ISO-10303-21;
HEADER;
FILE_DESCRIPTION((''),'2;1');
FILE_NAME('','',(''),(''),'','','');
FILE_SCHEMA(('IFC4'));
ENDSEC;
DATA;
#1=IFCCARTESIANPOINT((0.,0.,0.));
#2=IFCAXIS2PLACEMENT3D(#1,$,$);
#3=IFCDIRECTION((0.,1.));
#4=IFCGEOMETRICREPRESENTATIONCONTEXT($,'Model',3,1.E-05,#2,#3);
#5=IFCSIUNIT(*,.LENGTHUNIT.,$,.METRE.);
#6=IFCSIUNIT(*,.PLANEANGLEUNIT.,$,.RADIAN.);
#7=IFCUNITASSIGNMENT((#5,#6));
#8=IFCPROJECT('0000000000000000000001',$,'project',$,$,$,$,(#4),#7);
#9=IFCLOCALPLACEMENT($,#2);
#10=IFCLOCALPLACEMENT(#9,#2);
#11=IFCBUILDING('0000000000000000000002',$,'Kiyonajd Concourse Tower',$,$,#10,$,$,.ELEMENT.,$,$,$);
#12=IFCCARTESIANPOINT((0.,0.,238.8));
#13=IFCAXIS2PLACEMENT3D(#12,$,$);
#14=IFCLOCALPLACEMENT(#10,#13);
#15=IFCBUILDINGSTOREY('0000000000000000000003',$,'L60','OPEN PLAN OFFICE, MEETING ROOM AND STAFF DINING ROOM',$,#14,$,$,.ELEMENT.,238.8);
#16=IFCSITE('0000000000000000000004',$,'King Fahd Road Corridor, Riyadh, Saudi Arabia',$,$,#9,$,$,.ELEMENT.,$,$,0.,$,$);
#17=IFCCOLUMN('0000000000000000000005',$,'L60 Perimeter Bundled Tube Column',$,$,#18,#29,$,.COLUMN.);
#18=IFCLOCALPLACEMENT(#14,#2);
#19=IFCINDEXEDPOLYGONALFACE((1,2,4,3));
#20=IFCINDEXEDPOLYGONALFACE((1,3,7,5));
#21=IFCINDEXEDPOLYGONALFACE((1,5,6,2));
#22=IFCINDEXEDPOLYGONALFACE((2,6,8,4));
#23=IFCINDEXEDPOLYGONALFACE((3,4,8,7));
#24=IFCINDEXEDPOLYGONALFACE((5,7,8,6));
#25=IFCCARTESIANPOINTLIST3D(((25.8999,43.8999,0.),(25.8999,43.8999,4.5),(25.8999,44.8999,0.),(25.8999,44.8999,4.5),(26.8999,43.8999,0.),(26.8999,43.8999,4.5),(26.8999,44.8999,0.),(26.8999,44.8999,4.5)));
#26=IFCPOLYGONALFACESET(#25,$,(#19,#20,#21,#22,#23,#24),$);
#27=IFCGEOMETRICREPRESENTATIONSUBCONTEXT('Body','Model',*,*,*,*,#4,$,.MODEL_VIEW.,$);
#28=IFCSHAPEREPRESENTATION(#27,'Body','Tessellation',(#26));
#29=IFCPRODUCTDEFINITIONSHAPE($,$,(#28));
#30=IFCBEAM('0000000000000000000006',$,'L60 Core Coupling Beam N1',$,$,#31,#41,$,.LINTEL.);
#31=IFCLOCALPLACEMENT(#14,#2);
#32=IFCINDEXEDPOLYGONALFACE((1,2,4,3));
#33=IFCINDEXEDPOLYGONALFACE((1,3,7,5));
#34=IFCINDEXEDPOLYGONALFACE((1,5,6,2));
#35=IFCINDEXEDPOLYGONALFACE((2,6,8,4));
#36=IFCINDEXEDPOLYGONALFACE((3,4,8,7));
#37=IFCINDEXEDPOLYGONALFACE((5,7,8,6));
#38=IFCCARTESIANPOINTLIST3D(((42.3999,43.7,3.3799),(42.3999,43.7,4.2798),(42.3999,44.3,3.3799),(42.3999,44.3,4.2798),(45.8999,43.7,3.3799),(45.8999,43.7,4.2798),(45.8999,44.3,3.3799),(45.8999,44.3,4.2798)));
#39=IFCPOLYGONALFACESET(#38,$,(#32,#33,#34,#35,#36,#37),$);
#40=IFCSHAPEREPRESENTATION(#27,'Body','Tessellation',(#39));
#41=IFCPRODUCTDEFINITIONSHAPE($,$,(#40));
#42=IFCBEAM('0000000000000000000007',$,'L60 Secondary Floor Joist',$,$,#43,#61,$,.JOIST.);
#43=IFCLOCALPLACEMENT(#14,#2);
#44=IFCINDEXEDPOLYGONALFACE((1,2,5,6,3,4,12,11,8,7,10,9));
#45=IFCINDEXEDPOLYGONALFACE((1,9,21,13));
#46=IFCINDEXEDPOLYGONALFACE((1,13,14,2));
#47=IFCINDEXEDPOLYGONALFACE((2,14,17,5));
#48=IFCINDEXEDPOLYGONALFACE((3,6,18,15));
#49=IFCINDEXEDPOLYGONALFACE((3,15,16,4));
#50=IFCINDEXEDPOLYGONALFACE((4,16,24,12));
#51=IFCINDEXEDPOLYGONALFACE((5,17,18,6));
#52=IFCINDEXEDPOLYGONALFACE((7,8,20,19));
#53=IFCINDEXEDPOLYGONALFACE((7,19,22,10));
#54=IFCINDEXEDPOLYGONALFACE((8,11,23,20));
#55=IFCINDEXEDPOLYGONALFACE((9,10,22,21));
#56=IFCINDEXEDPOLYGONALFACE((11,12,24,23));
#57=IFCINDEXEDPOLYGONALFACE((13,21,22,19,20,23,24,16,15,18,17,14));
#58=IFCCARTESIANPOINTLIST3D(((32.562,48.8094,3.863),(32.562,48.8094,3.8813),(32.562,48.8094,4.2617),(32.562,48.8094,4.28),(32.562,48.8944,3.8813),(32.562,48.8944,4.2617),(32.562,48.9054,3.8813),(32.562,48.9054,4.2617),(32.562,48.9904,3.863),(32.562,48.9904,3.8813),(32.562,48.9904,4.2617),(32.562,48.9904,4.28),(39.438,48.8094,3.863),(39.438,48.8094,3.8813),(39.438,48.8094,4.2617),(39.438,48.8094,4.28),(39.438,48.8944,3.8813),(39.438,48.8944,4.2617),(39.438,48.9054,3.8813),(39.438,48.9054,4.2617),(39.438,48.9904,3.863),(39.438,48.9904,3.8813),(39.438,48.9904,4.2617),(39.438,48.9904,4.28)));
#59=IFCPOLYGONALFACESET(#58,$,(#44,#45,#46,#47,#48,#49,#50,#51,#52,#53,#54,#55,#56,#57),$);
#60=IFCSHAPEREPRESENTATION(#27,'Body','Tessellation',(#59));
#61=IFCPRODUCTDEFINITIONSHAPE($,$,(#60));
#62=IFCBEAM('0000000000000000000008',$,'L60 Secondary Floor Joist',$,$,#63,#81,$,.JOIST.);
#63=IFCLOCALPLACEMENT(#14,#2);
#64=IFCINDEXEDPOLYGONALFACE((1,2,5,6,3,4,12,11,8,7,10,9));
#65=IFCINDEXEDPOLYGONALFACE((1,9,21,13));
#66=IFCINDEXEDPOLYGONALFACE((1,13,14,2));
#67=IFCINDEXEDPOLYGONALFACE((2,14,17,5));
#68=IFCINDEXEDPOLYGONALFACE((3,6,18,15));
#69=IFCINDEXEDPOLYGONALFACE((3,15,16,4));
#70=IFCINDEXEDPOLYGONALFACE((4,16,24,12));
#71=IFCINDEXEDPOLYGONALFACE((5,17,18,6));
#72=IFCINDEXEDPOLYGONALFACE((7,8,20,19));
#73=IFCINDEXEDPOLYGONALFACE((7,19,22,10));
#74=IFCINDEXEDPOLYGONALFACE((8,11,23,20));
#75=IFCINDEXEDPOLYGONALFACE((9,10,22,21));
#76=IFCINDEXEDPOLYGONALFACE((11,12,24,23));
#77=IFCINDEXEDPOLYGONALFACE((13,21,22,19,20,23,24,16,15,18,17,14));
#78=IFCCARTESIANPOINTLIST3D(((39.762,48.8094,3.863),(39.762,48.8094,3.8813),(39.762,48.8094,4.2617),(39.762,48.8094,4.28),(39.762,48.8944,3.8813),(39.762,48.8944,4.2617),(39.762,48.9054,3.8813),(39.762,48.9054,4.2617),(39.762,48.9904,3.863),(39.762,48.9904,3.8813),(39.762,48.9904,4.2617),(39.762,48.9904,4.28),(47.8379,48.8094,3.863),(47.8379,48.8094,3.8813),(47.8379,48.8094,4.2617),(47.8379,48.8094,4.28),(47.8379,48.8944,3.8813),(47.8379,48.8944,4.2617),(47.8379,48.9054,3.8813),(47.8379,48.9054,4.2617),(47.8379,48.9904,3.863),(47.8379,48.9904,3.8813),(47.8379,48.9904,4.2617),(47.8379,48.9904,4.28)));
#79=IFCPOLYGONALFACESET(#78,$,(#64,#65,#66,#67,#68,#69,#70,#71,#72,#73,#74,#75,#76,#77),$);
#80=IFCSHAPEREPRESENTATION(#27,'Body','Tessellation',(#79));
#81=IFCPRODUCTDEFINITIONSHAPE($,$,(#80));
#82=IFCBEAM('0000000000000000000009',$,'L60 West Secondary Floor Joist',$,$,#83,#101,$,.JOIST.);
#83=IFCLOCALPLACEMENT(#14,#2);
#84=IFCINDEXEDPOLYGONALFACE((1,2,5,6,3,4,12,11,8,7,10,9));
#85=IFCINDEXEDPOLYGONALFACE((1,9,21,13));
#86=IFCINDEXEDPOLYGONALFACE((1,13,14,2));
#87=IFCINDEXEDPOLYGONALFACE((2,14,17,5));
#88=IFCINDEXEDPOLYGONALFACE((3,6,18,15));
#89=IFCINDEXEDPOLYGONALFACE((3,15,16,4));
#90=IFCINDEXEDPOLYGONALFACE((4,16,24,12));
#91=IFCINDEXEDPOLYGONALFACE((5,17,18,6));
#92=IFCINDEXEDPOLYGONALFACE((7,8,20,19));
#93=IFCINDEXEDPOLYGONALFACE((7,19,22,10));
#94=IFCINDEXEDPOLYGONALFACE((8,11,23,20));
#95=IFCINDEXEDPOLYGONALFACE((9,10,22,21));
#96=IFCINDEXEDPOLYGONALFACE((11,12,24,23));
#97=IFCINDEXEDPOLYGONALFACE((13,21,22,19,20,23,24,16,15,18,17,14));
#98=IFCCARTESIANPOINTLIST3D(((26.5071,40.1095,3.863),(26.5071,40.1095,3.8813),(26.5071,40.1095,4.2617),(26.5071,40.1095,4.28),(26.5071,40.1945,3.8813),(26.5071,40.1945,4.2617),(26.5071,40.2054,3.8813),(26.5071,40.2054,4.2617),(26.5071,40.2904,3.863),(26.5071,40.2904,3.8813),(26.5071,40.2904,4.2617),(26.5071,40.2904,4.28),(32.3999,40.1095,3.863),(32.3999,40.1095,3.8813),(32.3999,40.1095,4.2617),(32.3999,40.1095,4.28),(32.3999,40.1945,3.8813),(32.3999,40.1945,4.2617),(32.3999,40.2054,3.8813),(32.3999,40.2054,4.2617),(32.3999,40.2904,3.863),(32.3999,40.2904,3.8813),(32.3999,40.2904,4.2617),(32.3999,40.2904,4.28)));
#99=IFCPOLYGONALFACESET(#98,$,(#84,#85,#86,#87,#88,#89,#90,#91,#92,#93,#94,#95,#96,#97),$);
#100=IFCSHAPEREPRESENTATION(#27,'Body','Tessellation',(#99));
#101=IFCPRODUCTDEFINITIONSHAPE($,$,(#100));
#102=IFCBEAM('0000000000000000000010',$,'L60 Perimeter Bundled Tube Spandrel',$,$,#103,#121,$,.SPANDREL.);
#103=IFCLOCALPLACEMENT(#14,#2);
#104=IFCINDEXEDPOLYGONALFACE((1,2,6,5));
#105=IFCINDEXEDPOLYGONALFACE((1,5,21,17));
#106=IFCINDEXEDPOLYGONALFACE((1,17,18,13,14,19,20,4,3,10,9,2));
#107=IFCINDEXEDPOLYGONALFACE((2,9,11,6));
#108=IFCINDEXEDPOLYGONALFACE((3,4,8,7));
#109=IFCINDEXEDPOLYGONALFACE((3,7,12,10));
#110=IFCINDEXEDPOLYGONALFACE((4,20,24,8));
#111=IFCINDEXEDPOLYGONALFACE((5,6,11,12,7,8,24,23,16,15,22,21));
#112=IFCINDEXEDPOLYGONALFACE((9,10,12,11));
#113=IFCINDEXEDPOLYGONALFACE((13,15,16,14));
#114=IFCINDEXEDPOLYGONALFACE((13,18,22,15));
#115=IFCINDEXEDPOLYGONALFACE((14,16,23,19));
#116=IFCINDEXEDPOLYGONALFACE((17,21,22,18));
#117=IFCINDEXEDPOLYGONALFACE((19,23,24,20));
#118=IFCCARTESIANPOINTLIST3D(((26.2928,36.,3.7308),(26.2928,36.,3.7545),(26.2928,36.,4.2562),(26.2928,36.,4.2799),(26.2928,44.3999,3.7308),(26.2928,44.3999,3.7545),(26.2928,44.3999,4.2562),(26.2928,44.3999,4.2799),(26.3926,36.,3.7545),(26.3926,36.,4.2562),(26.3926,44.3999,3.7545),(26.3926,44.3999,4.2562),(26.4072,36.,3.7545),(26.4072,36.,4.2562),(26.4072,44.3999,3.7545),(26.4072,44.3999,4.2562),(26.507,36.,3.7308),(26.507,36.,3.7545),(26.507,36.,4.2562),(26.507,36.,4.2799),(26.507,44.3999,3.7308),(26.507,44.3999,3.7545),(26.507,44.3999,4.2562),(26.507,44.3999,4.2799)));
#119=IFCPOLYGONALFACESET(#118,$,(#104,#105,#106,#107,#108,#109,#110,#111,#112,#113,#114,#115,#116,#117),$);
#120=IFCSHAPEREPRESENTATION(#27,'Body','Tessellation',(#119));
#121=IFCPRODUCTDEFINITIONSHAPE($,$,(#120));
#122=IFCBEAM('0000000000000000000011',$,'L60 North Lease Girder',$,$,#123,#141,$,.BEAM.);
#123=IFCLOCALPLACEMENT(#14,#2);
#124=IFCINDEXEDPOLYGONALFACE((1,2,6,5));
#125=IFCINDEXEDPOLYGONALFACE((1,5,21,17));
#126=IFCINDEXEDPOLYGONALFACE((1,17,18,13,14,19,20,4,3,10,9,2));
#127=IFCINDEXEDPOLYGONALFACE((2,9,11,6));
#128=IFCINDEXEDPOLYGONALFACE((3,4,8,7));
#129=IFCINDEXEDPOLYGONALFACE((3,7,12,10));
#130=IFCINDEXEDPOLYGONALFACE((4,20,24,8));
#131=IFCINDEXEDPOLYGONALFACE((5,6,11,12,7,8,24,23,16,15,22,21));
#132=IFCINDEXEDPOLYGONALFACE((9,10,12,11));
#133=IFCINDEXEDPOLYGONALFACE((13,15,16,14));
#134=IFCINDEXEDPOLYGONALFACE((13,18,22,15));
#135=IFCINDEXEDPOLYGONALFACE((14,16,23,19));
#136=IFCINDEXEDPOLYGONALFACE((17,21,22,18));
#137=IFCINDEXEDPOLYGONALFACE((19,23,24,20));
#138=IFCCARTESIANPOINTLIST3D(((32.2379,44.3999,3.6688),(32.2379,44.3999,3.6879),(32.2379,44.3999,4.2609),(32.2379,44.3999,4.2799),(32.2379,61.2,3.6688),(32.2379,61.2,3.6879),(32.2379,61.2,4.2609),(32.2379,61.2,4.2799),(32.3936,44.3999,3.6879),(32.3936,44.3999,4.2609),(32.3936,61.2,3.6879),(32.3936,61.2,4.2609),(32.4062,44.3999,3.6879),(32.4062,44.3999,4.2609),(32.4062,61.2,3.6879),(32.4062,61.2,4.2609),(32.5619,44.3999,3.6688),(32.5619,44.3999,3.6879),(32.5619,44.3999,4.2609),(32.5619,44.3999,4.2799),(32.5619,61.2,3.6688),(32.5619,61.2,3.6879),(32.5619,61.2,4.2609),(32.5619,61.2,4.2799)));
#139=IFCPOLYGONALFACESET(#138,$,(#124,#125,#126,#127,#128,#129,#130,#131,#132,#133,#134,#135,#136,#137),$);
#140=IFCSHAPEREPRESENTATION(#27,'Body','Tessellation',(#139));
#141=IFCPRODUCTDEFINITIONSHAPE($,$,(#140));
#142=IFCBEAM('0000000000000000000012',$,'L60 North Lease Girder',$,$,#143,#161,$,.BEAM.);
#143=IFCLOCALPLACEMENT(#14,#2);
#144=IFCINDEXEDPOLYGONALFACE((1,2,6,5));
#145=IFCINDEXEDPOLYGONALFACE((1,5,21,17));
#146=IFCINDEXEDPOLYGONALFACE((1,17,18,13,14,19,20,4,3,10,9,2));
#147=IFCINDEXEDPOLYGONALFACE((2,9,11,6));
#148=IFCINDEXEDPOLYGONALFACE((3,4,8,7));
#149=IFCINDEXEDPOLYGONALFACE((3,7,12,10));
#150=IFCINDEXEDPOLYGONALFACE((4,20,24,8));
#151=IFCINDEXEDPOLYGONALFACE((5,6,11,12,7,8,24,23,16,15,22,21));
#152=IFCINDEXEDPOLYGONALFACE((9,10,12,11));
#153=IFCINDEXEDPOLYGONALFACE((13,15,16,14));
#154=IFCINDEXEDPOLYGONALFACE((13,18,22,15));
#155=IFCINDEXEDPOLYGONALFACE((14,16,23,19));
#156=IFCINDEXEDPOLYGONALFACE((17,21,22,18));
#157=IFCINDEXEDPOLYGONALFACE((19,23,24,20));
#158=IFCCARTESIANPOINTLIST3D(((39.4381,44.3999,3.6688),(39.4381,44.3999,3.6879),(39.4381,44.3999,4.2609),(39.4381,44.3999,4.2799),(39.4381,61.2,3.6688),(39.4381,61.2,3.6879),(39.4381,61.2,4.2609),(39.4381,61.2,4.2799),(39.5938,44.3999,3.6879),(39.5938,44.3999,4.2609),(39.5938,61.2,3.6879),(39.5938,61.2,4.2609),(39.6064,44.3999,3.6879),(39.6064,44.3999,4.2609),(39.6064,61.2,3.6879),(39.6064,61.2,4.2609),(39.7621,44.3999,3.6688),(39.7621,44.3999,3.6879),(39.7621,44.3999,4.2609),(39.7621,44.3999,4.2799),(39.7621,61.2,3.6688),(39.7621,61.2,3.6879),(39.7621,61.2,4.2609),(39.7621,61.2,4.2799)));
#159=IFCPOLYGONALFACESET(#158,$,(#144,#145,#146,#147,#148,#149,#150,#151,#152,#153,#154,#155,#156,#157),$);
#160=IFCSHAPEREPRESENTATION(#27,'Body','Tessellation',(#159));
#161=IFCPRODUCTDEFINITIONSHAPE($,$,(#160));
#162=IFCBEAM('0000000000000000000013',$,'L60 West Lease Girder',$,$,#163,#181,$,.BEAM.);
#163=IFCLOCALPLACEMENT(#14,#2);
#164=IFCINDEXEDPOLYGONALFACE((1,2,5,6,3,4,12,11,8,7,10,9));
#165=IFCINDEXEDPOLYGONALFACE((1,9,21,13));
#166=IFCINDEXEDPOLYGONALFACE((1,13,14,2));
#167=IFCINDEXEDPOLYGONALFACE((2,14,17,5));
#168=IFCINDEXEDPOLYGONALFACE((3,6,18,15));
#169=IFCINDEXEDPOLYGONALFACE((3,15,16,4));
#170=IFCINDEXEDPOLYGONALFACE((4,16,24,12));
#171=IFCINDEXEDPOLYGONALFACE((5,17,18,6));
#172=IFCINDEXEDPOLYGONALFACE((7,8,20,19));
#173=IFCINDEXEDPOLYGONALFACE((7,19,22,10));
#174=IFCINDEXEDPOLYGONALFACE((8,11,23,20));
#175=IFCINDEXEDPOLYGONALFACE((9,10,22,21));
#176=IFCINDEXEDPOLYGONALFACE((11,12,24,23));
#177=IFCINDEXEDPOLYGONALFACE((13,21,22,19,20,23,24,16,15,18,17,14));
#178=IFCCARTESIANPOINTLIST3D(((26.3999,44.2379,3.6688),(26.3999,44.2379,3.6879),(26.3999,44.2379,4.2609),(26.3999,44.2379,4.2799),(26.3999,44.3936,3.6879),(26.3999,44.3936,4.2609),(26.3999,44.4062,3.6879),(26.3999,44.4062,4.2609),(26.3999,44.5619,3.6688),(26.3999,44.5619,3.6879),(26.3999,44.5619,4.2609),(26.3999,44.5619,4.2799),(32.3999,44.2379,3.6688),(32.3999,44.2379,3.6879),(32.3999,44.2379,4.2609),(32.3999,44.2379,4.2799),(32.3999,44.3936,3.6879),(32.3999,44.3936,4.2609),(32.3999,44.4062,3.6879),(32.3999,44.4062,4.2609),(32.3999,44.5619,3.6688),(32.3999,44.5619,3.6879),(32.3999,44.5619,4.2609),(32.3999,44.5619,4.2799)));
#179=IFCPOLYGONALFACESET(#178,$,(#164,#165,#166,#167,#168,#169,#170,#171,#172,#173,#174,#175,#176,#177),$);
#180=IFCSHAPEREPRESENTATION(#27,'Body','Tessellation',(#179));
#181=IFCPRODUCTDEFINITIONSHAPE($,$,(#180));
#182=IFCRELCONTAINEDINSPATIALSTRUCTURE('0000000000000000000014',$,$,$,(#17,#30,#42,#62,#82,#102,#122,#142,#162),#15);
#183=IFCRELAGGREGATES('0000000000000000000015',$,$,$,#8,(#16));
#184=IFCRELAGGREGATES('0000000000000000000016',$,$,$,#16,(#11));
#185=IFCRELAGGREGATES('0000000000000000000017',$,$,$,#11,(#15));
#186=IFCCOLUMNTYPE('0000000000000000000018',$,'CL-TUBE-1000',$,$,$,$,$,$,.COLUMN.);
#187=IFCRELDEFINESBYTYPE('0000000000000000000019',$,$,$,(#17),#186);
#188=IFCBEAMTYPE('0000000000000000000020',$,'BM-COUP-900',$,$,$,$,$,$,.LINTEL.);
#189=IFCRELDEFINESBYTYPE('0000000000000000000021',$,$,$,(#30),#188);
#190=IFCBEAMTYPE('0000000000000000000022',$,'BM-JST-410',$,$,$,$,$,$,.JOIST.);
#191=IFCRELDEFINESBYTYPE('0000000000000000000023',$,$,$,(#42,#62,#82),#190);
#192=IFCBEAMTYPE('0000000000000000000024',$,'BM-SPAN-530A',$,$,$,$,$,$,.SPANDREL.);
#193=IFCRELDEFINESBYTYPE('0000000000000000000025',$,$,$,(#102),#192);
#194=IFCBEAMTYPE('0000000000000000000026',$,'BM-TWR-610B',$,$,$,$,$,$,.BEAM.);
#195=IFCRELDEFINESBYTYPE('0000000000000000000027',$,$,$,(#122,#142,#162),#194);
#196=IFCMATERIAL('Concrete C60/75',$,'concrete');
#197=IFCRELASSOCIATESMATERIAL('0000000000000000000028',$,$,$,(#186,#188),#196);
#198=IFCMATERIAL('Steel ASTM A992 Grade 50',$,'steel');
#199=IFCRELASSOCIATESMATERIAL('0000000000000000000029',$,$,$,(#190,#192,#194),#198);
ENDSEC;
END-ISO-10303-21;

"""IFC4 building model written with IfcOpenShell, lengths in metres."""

from ifc_helpers import new_model, si_unit, direction, frame, origin, origin_2d, place, context, subcontext, project, spatial, rectangle, i_section, extrude, material, material_profile, profile_set, type_object, element, save


model = new_model("IFC4")

# Units and contexts
model_context = context("Model", 3, precision=1e-05, world=origin(), true_north=direction((0.0, 1.0)))
body_context = subcontext(model_context, "Body", "Model", "MODEL_VIEW")
ifc_project = project(units=[si_unit("LENGTHUNIT", "METRE"), si_unit("PLANEANGLEUNIT", "RADIAN")], contexts=[model_context])

# Site, building, storey
site_placement = place(None, origin())
site = spatial("IfcSite", under=ifc_project, at=site_placement, Name="King Fahd Road Corridor, Riyadh, Saudi Arabia", CompositionType="ELEMENT", RefElevation=0.0)
building_placement = place(site_placement, origin())
building = spatial("IfcBuilding", under=site, at=building_placement, Name="Kiyonajd Concourse Tower", CompositionType="ELEMENT")
storey_placement = place(building_placement, frame((0.0, 0.0, 238.8)))
storey = spatial("IfcBuildingStorey", under=building, at=storey_placement, Name="L60", Description="OPEN PLAN OFFICE, MEETING ROOM AND STAFF DINING ROOM", CompositionType="ELEMENT", Elevation=238.8)

# Column
ifc_material_1 = material(Name="Concrete C60/75", Category="concrete")
ifc_material_profile_1 = material_profile(ifc_material_1, rectangle(XDim=1.0, YDim=1.0, at=origin_2d()), Name="RC-1000x1000")
ifc_profile_set_1 = profile_set([ifc_material_profile_1], Name="Concrete C60/75")
column_type = type_object("IfcColumnType", Name="CL-TUBE-1000", PredefinedType="COLUMN", material=ifc_profile_set_1)
column_placement = place(storey_placement, frame((26.3999, 44.3999, 0.0), z_axis=(0.0, 0.0, 1.0), x_axis=(1.0, 0.0, 0.0)))
element("IfcColumn", 1, at=column_placement, inside=storey, type_object=column_type, Name="L60 Perimeter Bundled Tube Column", PredefinedType="COLUMN", context=body_context, shape_type="SweptSolid", body=[
    extrude(rectangle(XDim=1.0, YDim=1.0, at=origin_2d()), origin(), (0.0, 0.0, 1.0), 4.5),
])

# Beams
ifc_material_profile_2 = material_profile(ifc_material_1, rectangle(XDim=0.6001, YDim=0.8999, at=origin_2d()), Name="RCBM-600x900")
ifc_profile_set_2 = profile_set([ifc_material_profile_2], Name="Concrete C60/75")
beam_type_1 = type_object("IfcBeamType", Name="BM-COUP-900", PredefinedType="LINTEL", material=ifc_profile_set_2)
beam_1_placement = place(storey_placement, frame((42.3999, 44.0, 3.8298), z_axis=(1.0, 0.0, 0.0), x_axis=(0.0, 1.0, 0.0)))
element("IfcBeam", 2, at=beam_1_placement, inside=storey, type_object=beam_type_1, Name="L60 Core Coupling Beam N1", PredefinedType="LINTEL", context=body_context, shape_type="SweptSolid", body=[
    extrude(rectangle(XDim=0.6001, YDim=0.8999, at=origin_2d()), origin(), (0.0, 0.0, 1.0), 3.5),
])
ifc_material_2 = material(Name="Steel ASTM A992 Grade 50", Category="steel")
ifc_material_profile_3 = material_profile(ifc_material_2, i_section(OverallWidth=0.1809, OverallDepth=0.417, WebThickness=0.011, FlangeThickness=0.0183, at=origin_2d()), Name="W410X85")
ifc_profile_set_3 = profile_set([ifc_material_profile_3], Name="Steel ASTM A992 Grade 50")
beam_type_2 = type_object("IfcBeamType", Name="BM-JST-410", PredefinedType="JOIST", material=ifc_profile_set_3)
beam_2_placement = place(storey_placement, frame((32.562, 48.8999, 4.0715), z_axis=(1.0, 0.0, 0.0), x_axis=(0.0, 1.0, 0.0)))
element("IfcBeam", 3, at=beam_2_placement, inside=storey, type_object=beam_type_2, Name="L60 Secondary Floor Joist", PredefinedType="JOIST", context=body_context, shape_type="SweptSolid", body=[
    extrude(i_section(OverallWidth=0.1809, OverallDepth=0.417, WebThickness=0.011, FlangeThickness=0.0183, at=origin_2d()), origin(), (0.0, 0.0, 1.0), 6.876),
])
beam_3_placement = place(storey_placement, frame((39.762, 48.8999, 4.0715), z_axis=(1.0, 0.0, 0.0), x_axis=(0.0, 1.0, 0.0)))
element("IfcBeam", 4, at=beam_3_placement, inside=storey, type_object=beam_type_2, Name="L60 Secondary Floor Joist", PredefinedType="JOIST", context=body_context, shape_type="SweptSolid", body=[
    extrude(i_section(OverallWidth=0.1809, OverallDepth=0.417, WebThickness=0.011, FlangeThickness=0.0183, at=origin_2d()), origin(), (0.0, 0.0, 1.0), 8.0759),
])
beam_4_placement = place(storey_placement, frame((26.5071, 40.2, 4.0715), z_axis=(1.0, 0.0, 0.0), x_axis=(0.0, 1.0, 0.0)))
element("IfcBeam", 5, at=beam_4_placement, inside=storey, type_object=beam_type_2, Name="L60 West Secondary Floor Joist", PredefinedType="JOIST", context=body_context, shape_type="SweptSolid", body=[
    extrude(i_section(OverallWidth=0.1809, OverallDepth=0.417, WebThickness=0.011, FlangeThickness=0.0183, at=origin_2d()), origin(), (0.0, 0.0, 1.0), 5.8928),
])
ifc_material_profile_4 = material_profile(ifc_material_2, i_section(OverallWidth=0.2141, OverallDepth=0.5491, WebThickness=0.0146, FlangeThickness=0.0237, at=origin_2d()), Name="W530X138")
ifc_profile_set_4 = profile_set([ifc_material_profile_4], Name="Steel ASTM A992 Grade 50")
beam_type_3 = type_object("IfcBeamType", Name="BM-SPAN-530A", PredefinedType="SPANDREL", material=ifc_profile_set_4)
beam_5_placement = place(storey_placement, frame((26.3999, 44.3999, 4.0054), z_axis=(0.0, -1.0, 0.0), x_axis=(1.0, 0.0, 0.0)))
element("IfcBeam", 6, at=beam_5_placement, inside=storey, type_object=beam_type_3, Name="L60 Perimeter Bundled Tube Spandrel", PredefinedType="SPANDREL", context=body_context, shape_type="SweptSolid", body=[
    extrude(i_section(OverallWidth=0.2141, OverallDepth=0.5491, WebThickness=0.0146, FlangeThickness=0.0237, at=origin_2d()), origin(), (0.0, 0.0, 1.0), 8.3999),
])
ifc_material_profile_5 = material_profile(ifc_material_2, i_section(OverallWidth=0.324, OverallDepth=0.6111, WebThickness=0.0127, FlangeThickness=0.019, at=origin_2d()), Name="W610X155")
ifc_profile_set_5 = profile_set([ifc_material_profile_5], Name="Steel ASTM A992 Grade 50")
beam_type_4 = type_object("IfcBeamType", Name="BM-TWR-610B", PredefinedType="BEAM", material=ifc_profile_set_5)
for number, where, z_axis, x_axis, name in (
    (7, (32.3999, 44.3999, 3.9744), (0.0, 1.0, 0.0), (-1.0, 0.0, 0.0), "L60 North Lease Girder"),
    (8, (39.6001, 44.3999, 3.9744), (0.0, 1.0, 0.0), (-1.0, 0.0, 0.0), "L60 North Lease Girder"),
):
    element("IfcBeam", number, at=place(storey_placement, frame(where, z_axis=z_axis, x_axis=x_axis)), inside=storey, type_object=beam_type_4, Name=name, PredefinedType="BEAM", context=body_context, shape_type="SweptSolid", body=[
        extrude(i_section(OverallWidth=0.324, OverallDepth=0.6111, WebThickness=0.0127, FlangeThickness=0.019, at=origin_2d()), origin(), (0.0, 0.0, 1.0), 16.8),
    ])
beam_6_placement = place(storey_placement, frame((26.3999, 44.3999, 3.9744), z_axis=(1.0, 0.0, 0.0), x_axis=(0.0, 1.0, 0.0)))
element("IfcBeam", 9, at=beam_6_placement, inside=storey, type_object=beam_type_4, Name="L60 West Lease Girder", PredefinedType="BEAM", context=body_context, shape_type="SweptSolid", body=[
    extrude(i_section(OverallWidth=0.324, OverallDepth=0.6111, WebThickness=0.0127, FlangeThickness=0.019, at=origin_2d()), origin(), (0.0, 0.0, 1.0), 6.0),
])

save(model, "model.ifc")
